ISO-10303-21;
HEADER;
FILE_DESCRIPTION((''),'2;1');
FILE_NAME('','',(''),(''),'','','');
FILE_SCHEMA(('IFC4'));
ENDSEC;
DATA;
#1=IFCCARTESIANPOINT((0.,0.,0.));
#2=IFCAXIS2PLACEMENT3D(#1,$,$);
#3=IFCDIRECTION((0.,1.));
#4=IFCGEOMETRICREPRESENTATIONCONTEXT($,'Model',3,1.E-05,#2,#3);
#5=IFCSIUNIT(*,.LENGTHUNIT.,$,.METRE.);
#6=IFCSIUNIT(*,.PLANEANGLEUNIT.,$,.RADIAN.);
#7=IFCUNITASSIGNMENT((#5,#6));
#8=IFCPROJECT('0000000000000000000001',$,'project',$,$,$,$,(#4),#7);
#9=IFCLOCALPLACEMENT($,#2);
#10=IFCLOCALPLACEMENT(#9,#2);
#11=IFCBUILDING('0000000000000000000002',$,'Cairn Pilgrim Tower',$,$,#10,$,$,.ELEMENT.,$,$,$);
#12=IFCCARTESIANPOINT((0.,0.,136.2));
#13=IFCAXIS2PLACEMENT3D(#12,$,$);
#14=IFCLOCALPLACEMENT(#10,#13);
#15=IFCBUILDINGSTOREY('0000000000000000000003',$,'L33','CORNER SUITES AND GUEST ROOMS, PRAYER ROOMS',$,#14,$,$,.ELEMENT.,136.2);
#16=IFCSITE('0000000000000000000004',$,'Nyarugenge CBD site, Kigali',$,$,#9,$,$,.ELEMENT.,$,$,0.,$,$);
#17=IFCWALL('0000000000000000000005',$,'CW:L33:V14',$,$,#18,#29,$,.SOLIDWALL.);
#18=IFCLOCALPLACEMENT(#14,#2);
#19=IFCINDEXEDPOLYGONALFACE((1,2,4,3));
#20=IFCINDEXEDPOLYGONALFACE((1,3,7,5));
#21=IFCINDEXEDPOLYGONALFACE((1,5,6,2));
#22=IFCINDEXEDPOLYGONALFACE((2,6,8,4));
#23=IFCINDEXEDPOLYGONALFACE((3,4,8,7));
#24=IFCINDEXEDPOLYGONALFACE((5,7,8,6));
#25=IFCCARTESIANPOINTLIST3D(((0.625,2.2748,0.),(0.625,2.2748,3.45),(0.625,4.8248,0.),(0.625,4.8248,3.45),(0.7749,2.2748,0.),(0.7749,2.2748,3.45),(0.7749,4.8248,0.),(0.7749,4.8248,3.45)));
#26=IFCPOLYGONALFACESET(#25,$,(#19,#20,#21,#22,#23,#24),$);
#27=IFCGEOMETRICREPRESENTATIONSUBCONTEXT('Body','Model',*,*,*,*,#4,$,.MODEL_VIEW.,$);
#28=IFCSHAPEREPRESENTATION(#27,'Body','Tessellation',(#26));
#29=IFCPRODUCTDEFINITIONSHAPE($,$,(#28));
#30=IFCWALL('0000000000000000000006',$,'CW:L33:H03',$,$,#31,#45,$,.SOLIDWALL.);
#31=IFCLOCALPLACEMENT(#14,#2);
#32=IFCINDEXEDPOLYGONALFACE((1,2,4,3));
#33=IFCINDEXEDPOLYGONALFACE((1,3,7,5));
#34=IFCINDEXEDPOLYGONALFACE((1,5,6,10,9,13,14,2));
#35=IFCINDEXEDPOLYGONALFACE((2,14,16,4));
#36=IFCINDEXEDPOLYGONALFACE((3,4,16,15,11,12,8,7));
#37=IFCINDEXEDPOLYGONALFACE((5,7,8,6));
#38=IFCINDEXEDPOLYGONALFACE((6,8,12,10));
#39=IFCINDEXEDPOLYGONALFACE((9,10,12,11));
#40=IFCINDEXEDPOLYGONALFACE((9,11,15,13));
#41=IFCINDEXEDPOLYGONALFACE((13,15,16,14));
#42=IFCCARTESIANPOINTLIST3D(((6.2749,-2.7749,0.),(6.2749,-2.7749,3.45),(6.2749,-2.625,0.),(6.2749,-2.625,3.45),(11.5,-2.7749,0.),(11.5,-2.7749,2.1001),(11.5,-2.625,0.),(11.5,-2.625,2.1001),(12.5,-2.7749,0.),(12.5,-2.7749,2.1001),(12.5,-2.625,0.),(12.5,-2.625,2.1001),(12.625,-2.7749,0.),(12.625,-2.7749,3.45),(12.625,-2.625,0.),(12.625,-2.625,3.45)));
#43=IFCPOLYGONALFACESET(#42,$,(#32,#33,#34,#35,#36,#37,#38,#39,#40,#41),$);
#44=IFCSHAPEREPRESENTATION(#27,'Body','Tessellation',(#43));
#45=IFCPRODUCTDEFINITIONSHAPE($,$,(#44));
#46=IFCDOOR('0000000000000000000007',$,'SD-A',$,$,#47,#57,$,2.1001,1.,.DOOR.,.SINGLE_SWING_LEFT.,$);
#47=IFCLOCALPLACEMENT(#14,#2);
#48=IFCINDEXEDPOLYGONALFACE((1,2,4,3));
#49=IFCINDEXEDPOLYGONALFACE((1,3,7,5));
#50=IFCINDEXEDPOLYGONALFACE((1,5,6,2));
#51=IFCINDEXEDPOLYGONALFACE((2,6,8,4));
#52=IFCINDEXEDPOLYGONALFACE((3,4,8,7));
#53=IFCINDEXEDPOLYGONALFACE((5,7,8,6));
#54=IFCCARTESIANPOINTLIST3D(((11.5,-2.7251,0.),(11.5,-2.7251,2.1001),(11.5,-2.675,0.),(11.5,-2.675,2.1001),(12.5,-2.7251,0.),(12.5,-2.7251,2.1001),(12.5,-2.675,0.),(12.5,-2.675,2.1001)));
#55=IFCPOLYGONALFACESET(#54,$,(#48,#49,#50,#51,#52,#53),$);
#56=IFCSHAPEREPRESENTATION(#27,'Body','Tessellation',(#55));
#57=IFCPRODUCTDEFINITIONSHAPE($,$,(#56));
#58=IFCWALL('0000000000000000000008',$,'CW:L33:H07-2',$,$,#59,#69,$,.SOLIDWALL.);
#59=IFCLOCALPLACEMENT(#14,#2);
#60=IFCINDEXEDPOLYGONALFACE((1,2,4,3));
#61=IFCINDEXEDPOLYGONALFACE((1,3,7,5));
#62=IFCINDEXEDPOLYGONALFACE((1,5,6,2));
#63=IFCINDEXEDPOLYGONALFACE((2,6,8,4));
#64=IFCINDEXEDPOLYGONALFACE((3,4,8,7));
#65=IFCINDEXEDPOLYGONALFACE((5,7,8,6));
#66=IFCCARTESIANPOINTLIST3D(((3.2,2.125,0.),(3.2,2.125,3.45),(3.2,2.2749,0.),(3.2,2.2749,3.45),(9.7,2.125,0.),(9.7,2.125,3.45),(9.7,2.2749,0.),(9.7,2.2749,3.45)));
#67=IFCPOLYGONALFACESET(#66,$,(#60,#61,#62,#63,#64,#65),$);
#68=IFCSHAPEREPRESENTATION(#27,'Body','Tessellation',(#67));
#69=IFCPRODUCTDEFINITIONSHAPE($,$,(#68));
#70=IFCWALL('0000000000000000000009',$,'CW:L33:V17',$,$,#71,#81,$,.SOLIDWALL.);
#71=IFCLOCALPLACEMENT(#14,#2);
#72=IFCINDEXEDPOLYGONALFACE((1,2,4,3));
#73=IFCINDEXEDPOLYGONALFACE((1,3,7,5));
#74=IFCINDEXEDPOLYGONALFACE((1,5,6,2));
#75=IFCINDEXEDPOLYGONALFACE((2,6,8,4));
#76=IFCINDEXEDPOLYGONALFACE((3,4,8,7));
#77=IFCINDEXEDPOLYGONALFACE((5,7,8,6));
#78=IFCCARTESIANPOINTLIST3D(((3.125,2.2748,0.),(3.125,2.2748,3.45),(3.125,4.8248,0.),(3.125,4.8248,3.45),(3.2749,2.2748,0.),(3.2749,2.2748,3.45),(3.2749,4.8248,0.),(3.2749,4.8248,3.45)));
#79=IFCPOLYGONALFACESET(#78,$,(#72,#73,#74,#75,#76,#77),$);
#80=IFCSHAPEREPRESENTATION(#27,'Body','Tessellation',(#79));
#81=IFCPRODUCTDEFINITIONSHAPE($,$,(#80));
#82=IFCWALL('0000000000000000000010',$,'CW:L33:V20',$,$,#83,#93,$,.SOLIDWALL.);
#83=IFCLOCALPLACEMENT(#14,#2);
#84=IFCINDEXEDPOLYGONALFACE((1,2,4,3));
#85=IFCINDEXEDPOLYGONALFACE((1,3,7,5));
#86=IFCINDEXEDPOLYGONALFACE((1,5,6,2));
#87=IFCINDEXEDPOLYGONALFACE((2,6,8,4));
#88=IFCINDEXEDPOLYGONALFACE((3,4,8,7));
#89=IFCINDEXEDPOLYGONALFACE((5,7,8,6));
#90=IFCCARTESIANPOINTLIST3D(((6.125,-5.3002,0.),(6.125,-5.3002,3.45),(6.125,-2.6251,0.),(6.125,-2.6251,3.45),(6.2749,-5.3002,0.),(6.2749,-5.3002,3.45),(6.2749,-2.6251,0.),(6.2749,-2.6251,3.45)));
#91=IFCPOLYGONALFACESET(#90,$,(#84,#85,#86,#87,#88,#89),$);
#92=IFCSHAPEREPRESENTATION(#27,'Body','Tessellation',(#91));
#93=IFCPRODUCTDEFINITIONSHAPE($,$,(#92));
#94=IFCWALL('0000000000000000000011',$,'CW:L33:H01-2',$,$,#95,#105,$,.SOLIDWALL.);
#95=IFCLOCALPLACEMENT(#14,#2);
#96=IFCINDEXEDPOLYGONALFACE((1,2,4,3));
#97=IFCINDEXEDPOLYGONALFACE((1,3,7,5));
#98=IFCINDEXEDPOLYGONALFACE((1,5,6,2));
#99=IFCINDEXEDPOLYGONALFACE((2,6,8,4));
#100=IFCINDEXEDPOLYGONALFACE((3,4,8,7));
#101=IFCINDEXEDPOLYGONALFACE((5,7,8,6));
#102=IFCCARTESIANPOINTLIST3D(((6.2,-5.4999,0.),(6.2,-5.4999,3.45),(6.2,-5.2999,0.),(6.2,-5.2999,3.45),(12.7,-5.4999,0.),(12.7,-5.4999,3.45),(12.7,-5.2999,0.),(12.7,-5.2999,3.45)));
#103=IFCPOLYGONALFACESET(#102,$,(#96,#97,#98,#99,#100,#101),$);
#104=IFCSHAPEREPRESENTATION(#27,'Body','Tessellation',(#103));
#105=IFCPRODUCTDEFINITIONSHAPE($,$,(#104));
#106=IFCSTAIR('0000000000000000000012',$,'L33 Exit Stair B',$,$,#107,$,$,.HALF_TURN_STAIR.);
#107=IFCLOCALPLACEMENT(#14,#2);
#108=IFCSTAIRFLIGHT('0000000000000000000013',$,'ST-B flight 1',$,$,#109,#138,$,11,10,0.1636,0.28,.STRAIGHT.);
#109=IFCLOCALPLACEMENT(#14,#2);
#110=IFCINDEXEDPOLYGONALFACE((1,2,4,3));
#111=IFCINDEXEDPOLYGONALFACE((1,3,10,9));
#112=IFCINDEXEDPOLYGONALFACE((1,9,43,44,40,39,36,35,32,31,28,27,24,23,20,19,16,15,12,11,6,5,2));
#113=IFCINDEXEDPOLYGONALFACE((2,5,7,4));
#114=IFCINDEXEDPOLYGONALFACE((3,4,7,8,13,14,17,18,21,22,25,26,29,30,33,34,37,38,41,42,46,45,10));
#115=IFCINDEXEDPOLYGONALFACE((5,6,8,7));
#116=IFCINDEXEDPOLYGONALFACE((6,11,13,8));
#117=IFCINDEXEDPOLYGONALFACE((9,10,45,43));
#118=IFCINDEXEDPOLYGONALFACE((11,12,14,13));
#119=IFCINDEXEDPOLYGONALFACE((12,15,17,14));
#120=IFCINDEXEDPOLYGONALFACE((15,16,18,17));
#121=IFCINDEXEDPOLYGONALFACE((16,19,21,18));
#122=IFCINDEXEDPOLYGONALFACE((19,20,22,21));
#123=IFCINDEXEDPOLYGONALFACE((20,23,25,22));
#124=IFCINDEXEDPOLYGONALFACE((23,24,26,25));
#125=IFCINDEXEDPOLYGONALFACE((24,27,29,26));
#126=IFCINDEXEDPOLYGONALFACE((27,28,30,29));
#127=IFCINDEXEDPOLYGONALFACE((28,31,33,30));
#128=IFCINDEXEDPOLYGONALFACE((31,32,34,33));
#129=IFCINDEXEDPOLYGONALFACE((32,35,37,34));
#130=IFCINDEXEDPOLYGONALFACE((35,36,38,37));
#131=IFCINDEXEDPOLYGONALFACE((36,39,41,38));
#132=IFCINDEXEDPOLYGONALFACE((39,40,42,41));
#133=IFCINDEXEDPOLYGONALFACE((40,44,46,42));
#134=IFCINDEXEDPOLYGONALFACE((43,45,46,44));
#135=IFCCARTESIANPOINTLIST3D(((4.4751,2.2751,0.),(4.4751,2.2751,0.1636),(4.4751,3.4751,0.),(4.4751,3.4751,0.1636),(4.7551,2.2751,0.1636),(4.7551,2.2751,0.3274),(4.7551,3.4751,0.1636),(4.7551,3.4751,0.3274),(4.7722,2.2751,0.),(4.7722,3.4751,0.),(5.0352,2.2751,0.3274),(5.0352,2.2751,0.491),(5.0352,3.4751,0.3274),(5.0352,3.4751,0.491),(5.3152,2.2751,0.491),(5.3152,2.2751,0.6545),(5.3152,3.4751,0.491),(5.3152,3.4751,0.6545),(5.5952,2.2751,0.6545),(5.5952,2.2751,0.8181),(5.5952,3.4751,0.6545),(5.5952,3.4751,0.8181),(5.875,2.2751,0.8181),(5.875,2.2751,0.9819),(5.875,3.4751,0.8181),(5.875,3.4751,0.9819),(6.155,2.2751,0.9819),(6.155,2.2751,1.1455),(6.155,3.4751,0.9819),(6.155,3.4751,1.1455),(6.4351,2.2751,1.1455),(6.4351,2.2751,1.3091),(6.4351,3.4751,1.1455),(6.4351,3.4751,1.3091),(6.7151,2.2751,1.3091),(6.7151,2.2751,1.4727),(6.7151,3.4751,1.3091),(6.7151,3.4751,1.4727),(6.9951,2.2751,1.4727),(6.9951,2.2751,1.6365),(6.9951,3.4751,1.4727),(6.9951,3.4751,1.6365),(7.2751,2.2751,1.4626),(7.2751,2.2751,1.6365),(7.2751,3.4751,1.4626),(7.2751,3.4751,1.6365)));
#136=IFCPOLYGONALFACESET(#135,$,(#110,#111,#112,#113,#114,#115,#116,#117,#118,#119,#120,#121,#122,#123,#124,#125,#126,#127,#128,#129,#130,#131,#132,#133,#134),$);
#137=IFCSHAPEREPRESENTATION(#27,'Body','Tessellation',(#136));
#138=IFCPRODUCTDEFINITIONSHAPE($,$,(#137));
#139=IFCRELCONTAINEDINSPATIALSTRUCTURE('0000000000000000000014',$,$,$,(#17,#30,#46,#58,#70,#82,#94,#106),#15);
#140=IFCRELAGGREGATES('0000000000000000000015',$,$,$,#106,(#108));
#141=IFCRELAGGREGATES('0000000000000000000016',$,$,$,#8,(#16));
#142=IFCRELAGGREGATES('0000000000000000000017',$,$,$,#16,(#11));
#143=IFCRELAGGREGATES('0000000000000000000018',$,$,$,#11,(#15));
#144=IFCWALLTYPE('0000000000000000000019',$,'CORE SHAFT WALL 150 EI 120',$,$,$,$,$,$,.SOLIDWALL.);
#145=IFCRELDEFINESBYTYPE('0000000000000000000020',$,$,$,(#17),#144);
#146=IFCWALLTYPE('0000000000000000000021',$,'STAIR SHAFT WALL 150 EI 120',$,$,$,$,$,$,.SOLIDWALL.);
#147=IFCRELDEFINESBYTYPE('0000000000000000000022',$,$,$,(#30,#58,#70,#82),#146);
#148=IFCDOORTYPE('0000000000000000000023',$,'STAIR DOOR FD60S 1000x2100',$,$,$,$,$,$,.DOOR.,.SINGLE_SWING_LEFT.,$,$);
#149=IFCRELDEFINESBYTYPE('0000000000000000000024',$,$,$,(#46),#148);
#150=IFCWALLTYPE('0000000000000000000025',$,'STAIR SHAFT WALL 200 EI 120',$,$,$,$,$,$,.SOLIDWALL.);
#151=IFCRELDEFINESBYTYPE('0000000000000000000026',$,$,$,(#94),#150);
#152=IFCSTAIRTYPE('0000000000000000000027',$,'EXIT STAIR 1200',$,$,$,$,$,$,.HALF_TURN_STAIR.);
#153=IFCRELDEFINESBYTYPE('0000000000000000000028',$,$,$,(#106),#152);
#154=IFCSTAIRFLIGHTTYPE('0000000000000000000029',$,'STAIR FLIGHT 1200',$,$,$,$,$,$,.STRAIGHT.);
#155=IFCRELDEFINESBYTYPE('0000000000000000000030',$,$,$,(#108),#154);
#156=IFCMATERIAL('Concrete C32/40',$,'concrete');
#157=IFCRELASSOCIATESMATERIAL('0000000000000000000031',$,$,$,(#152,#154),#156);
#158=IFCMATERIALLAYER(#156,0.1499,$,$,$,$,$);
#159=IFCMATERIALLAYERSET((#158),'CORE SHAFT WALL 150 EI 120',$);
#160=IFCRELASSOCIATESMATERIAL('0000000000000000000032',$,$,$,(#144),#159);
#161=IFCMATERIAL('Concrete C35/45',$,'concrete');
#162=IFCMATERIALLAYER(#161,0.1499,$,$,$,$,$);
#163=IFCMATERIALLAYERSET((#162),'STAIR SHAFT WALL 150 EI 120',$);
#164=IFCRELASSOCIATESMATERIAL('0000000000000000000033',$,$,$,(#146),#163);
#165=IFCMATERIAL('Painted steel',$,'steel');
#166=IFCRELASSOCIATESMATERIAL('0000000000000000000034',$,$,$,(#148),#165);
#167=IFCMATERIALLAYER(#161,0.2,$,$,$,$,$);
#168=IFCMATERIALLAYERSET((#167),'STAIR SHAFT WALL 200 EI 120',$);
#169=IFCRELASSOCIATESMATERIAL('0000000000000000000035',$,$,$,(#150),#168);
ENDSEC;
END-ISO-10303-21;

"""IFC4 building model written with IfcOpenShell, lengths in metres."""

from ifc_helpers import new_model, si_unit, direction, frame, frame_2d, origin, place, context, subcontext, project, spatial, polyline, rectangle, outline, extrude, material, layer, layer_set, type_object, element, fill, aggregate, save


model = new_model("IFC4")

# Units and contexts
model_context = context("Model", 3, precision=1e-05, world=origin(), true_north=direction((0.0, 1.0)))
body_context = subcontext(model_context, "Body", "Model", "MODEL_VIEW")
ifc_project = project(units=[si_unit("LENGTHUNIT", "METRE"), si_unit("PLANEANGLEUNIT", "RADIAN")], contexts=[model_context])

# Site, building, storey
site_placement = place(None, origin())
site = spatial("IfcSite", under=ifc_project, at=site_placement, Name="Nyarugenge CBD site, Kigali", CompositionType="ELEMENT", RefElevation=0.0)
building_placement = place(site_placement, origin())
building = spatial("IfcBuilding", under=site, at=building_placement, Name="Cairn Pilgrim Tower", CompositionType="ELEMENT")
storey_placement = place(building_placement, frame((0.0, 0.0, 136.2)))
storey = spatial("IfcBuildingStorey", under=building, at=storey_placement, Name="L33", Description="CORNER SUITES AND GUEST ROOMS, PRAYER ROOMS", CompositionType="ELEMENT", Elevation=136.2)

# Shared definitions
ifc_material_1 = material(Name="Concrete C32/40", Category="concrete")
stair_type = type_object("IfcStairType", Name="EXIT STAIR 1200", PredefinedType="HALF_TURN_STAIR", material=ifc_material_1)

# Wall
ifc_layer_1 = layer(ifc_material_1, 0.1499)
ifc_layer_set_1 = layer_set([ifc_layer_1], Name="CORE SHAFT WALL 150 EI 120")
wall_type_1 = type_object("IfcWallType", Name="CORE SHAFT WALL 150 EI 120", PredefinedType="SOLIDWALL", material=ifc_layer_set_1)
wall_1_placement = place(storey_placement, frame((0.7, 2.2749, 0.0), z_axis=(0.0, 0.0, 1.0), x_axis=(0.0, 1.0, 0.0)))
element("IfcWall", 1, at=wall_1_placement, inside=storey, type_object=wall_type_1, Name="CW:L33:V14", PredefinedType="SOLIDWALL", context=body_context, shape_type="SweptSolid", body=[
    extrude(rectangle(XDim=2.55, YDim=0.1499, at=frame_2d((1.2749, 0.0))), origin(), (0.0, 0.0, 1.0), 3.45),
])

# Wall, opening, door
ifc_material_2 = material(Name="Concrete C35/45", Category="concrete")
ifc_layer_2 = layer(ifc_material_2, 0.1499)
ifc_layer_set_2 = layer_set([ifc_layer_2], Name="STAIR SHAFT WALL 150 EI 120")
wall_type_2 = type_object("IfcWallType", Name="STAIR SHAFT WALL 150 EI 120", PredefinedType="SOLIDWALL", material=ifc_layer_set_2)
wall_2_placement = place(storey_placement, frame((6.2749, -2.7, 0.0), z_axis=(0.0, 0.0, 1.0), x_axis=(1.0, 0.0, 0.0)))
wall_2 = element("IfcWall", 2, at=wall_2_placement, inside=storey, type_object=wall_type_2, Name="CW:L33:H03", PredefinedType="SOLIDWALL", context=body_context, shape_type="SweptSolid", body=[
    extrude(rectangle(XDim=6.3501, YDim=0.1499, at=frame_2d((3.175, 0.0))), origin(), (0.0, 0.0, 1.0), 3.45),
])
opening_placement = place(wall_2_placement, frame((5.2251, 0.0, 0.0)))
opening = element("IfcOpeningElement", 3, at=opening_placement, cuts=wall_2, PredefinedType="OPENING", context=body_context, shape_type="SweptSolid", body=[
    extrude(rectangle(XDim=1.0, YDim=2.1001, at=frame_2d((0.5, 1.05))), frame((0.0, 0.085, 0.0), z_axis=(0.0, -1.0, 0.0), x_axis=(1.0, 0.0, 0.0)), (0.0, 0.0, 1.0), 0.1699),
])
ifc_material_3 = material(Name="Painted steel", Category="steel")
door_type = type_object("IfcDoorType", Name="STAIR DOOR FD60S 1000x2100", OperationType="SINGLE_SWING_LEFT", PredefinedType="DOOR", material=ifc_material_3)
door_placement = place(opening_placement, origin())
door = element("IfcDoor", 4, at=door_placement, inside=storey, type_object=door_type, Name="SD-A", OperationType="SINGLE_SWING_LEFT", OverallHeight=2.1001, OverallWidth=1.0, PredefinedType="DOOR", context=body_context, shape_type="SweptSolid", body=[
    extrude(rectangle(XDim=1.0, YDim=2.1001, at=frame_2d((0.5, 1.05))), frame((0.0, 0.0249, 0.0), z_axis=(0.0, -1.0, 0.0), x_axis=(1.0, 0.0, 0.0)), (0.0, 0.0, 1.0), 0.05),
])
fill(opening, door)

# Walls
wall_3_placement = place(storey_placement, frame((3.2, 2.2, 0.0), z_axis=(0.0, 0.0, 1.0), x_axis=(1.0, 0.0, 0.0)))
element("IfcWall", 5, at=wall_3_placement, inside=storey, type_object=wall_type_2, Name="CW:L33:H07-2", PredefinedType="SOLIDWALL", context=body_context, shape_type="SweptSolid", body=[
    extrude(rectangle(XDim=6.5, YDim=0.1499, at=frame_2d((3.25, 0.0))), origin(), (0.0, 0.0, 1.0), 3.45),
])
wall_4_placement = place(storey_placement, frame((3.2, 2.2749, 0.0), z_axis=(0.0, 0.0, 1.0), x_axis=(0.0, 1.0, 0.0)))
element("IfcWall", 6, at=wall_4_placement, inside=storey, type_object=wall_type_2, Name="CW:L33:V17", PredefinedType="SOLIDWALL", context=body_context, shape_type="SweptSolid", body=[
    extrude(rectangle(XDim=2.55, YDim=0.1499, at=frame_2d((1.2749, 0.0))), origin(), (0.0, 0.0, 1.0), 3.45),
])
wall_5_placement = place(storey_placement, frame((6.2, -5.3, 0.0), z_axis=(0.0, 0.0, 1.0), x_axis=(0.0, 1.0, 0.0)))
element("IfcWall", 7, at=wall_5_placement, inside=storey, type_object=wall_type_2, Name="CW:L33:V20", PredefinedType="SOLIDWALL", context=body_context, shape_type="SweptSolid", body=[
    extrude(rectangle(XDim=2.675, YDim=0.1499, at=frame_2d((1.3374, 0.0))), origin(), (0.0, 0.0, 1.0), 3.45),
])
ifc_layer_3 = layer(ifc_material_2, 0.2)
ifc_layer_set_3 = layer_set([ifc_layer_3], Name="STAIR SHAFT WALL 200 EI 120")
wall_type_3 = type_object("IfcWallType", Name="STAIR SHAFT WALL 200 EI 120", PredefinedType="SOLIDWALL", material=ifc_layer_set_3)
wall_6_placement = place(storey_placement, frame((6.2, -5.3999, 0.0), z_axis=(0.0, 0.0, 1.0), x_axis=(1.0, 0.0, 0.0)))
element("IfcWall", 8, at=wall_6_placement, inside=storey, type_object=wall_type_3, Name="CW:L33:H01-2", PredefinedType="SOLIDWALL", context=body_context, shape_type="SweptSolid", body=[
    extrude(rectangle(XDim=6.5, YDim=0.2, at=frame_2d((3.25, 0.0))), origin(), (0.0, 0.0, 1.0), 3.45),
])

# Stair, stair flight
stair_1_placement = place(storey_placement, origin())
stair_1 = element("IfcStair", 9, at=stair_1_placement, inside=storey, type_object=stair_type, Name="L33 Exit Stair B", PredefinedType="HALF_TURN_STAIR")
stair_flight_type = type_object("IfcStairFlightType", Name="STAIR FLIGHT 1200", PredefinedType="STRAIGHT", material=ifc_material_1)
stair_flight_placement = place(storey_placement, frame((4.4751, 2.875, 0.0), z_axis=(0.0, 0.0, 1.0), x_axis=(1.0, 0.0, 0.0)))
stair_flight = element("IfcStairFlight", 10, at=stair_flight_placement, type_object=stair_flight_type, Name="ST-B flight 1", NumberOfRisers=11, NumberOfTreads=10, PredefinedType="STRAIGHT", RiserHeight=0.1636, TreadLength=0.28, context=body_context, shape_type="SweptSolid", body=[
    extrude(outline(polyline([(0.0, 0.0), (0.0, 0.1636), (0.28, 0.1636), (0.28, 0.3274), (0.5601, 0.3274), (0.5601, 0.491), (0.8401, 0.491), (0.8401, 0.6545), (1.1201, 0.6545), (1.1201, 0.8181), (1.3999, 0.8181), (1.3999, 0.9819), (1.6799, 0.9819), (1.6799, 1.1455), (1.96, 1.1455), (1.96, 1.3091), (2.24, 1.3091), (2.24, 1.4727), (2.52, 1.4727), (2.52, 1.6365), (2.8, 1.6365), (2.8, 1.8), (2.8, 1.4626), (0.2971, 0.0), (0.0, 0.0)])), frame((0.0, 0.6001, 0.0), z_axis=(0.0, -1.0, 0.0), x_axis=(1.0, 0.0, 0.0)), (0.0, 0.0, 1.0), 1.2),
])
aggregate(stair_1, [stair_flight])

save(model, "model.ifc")
